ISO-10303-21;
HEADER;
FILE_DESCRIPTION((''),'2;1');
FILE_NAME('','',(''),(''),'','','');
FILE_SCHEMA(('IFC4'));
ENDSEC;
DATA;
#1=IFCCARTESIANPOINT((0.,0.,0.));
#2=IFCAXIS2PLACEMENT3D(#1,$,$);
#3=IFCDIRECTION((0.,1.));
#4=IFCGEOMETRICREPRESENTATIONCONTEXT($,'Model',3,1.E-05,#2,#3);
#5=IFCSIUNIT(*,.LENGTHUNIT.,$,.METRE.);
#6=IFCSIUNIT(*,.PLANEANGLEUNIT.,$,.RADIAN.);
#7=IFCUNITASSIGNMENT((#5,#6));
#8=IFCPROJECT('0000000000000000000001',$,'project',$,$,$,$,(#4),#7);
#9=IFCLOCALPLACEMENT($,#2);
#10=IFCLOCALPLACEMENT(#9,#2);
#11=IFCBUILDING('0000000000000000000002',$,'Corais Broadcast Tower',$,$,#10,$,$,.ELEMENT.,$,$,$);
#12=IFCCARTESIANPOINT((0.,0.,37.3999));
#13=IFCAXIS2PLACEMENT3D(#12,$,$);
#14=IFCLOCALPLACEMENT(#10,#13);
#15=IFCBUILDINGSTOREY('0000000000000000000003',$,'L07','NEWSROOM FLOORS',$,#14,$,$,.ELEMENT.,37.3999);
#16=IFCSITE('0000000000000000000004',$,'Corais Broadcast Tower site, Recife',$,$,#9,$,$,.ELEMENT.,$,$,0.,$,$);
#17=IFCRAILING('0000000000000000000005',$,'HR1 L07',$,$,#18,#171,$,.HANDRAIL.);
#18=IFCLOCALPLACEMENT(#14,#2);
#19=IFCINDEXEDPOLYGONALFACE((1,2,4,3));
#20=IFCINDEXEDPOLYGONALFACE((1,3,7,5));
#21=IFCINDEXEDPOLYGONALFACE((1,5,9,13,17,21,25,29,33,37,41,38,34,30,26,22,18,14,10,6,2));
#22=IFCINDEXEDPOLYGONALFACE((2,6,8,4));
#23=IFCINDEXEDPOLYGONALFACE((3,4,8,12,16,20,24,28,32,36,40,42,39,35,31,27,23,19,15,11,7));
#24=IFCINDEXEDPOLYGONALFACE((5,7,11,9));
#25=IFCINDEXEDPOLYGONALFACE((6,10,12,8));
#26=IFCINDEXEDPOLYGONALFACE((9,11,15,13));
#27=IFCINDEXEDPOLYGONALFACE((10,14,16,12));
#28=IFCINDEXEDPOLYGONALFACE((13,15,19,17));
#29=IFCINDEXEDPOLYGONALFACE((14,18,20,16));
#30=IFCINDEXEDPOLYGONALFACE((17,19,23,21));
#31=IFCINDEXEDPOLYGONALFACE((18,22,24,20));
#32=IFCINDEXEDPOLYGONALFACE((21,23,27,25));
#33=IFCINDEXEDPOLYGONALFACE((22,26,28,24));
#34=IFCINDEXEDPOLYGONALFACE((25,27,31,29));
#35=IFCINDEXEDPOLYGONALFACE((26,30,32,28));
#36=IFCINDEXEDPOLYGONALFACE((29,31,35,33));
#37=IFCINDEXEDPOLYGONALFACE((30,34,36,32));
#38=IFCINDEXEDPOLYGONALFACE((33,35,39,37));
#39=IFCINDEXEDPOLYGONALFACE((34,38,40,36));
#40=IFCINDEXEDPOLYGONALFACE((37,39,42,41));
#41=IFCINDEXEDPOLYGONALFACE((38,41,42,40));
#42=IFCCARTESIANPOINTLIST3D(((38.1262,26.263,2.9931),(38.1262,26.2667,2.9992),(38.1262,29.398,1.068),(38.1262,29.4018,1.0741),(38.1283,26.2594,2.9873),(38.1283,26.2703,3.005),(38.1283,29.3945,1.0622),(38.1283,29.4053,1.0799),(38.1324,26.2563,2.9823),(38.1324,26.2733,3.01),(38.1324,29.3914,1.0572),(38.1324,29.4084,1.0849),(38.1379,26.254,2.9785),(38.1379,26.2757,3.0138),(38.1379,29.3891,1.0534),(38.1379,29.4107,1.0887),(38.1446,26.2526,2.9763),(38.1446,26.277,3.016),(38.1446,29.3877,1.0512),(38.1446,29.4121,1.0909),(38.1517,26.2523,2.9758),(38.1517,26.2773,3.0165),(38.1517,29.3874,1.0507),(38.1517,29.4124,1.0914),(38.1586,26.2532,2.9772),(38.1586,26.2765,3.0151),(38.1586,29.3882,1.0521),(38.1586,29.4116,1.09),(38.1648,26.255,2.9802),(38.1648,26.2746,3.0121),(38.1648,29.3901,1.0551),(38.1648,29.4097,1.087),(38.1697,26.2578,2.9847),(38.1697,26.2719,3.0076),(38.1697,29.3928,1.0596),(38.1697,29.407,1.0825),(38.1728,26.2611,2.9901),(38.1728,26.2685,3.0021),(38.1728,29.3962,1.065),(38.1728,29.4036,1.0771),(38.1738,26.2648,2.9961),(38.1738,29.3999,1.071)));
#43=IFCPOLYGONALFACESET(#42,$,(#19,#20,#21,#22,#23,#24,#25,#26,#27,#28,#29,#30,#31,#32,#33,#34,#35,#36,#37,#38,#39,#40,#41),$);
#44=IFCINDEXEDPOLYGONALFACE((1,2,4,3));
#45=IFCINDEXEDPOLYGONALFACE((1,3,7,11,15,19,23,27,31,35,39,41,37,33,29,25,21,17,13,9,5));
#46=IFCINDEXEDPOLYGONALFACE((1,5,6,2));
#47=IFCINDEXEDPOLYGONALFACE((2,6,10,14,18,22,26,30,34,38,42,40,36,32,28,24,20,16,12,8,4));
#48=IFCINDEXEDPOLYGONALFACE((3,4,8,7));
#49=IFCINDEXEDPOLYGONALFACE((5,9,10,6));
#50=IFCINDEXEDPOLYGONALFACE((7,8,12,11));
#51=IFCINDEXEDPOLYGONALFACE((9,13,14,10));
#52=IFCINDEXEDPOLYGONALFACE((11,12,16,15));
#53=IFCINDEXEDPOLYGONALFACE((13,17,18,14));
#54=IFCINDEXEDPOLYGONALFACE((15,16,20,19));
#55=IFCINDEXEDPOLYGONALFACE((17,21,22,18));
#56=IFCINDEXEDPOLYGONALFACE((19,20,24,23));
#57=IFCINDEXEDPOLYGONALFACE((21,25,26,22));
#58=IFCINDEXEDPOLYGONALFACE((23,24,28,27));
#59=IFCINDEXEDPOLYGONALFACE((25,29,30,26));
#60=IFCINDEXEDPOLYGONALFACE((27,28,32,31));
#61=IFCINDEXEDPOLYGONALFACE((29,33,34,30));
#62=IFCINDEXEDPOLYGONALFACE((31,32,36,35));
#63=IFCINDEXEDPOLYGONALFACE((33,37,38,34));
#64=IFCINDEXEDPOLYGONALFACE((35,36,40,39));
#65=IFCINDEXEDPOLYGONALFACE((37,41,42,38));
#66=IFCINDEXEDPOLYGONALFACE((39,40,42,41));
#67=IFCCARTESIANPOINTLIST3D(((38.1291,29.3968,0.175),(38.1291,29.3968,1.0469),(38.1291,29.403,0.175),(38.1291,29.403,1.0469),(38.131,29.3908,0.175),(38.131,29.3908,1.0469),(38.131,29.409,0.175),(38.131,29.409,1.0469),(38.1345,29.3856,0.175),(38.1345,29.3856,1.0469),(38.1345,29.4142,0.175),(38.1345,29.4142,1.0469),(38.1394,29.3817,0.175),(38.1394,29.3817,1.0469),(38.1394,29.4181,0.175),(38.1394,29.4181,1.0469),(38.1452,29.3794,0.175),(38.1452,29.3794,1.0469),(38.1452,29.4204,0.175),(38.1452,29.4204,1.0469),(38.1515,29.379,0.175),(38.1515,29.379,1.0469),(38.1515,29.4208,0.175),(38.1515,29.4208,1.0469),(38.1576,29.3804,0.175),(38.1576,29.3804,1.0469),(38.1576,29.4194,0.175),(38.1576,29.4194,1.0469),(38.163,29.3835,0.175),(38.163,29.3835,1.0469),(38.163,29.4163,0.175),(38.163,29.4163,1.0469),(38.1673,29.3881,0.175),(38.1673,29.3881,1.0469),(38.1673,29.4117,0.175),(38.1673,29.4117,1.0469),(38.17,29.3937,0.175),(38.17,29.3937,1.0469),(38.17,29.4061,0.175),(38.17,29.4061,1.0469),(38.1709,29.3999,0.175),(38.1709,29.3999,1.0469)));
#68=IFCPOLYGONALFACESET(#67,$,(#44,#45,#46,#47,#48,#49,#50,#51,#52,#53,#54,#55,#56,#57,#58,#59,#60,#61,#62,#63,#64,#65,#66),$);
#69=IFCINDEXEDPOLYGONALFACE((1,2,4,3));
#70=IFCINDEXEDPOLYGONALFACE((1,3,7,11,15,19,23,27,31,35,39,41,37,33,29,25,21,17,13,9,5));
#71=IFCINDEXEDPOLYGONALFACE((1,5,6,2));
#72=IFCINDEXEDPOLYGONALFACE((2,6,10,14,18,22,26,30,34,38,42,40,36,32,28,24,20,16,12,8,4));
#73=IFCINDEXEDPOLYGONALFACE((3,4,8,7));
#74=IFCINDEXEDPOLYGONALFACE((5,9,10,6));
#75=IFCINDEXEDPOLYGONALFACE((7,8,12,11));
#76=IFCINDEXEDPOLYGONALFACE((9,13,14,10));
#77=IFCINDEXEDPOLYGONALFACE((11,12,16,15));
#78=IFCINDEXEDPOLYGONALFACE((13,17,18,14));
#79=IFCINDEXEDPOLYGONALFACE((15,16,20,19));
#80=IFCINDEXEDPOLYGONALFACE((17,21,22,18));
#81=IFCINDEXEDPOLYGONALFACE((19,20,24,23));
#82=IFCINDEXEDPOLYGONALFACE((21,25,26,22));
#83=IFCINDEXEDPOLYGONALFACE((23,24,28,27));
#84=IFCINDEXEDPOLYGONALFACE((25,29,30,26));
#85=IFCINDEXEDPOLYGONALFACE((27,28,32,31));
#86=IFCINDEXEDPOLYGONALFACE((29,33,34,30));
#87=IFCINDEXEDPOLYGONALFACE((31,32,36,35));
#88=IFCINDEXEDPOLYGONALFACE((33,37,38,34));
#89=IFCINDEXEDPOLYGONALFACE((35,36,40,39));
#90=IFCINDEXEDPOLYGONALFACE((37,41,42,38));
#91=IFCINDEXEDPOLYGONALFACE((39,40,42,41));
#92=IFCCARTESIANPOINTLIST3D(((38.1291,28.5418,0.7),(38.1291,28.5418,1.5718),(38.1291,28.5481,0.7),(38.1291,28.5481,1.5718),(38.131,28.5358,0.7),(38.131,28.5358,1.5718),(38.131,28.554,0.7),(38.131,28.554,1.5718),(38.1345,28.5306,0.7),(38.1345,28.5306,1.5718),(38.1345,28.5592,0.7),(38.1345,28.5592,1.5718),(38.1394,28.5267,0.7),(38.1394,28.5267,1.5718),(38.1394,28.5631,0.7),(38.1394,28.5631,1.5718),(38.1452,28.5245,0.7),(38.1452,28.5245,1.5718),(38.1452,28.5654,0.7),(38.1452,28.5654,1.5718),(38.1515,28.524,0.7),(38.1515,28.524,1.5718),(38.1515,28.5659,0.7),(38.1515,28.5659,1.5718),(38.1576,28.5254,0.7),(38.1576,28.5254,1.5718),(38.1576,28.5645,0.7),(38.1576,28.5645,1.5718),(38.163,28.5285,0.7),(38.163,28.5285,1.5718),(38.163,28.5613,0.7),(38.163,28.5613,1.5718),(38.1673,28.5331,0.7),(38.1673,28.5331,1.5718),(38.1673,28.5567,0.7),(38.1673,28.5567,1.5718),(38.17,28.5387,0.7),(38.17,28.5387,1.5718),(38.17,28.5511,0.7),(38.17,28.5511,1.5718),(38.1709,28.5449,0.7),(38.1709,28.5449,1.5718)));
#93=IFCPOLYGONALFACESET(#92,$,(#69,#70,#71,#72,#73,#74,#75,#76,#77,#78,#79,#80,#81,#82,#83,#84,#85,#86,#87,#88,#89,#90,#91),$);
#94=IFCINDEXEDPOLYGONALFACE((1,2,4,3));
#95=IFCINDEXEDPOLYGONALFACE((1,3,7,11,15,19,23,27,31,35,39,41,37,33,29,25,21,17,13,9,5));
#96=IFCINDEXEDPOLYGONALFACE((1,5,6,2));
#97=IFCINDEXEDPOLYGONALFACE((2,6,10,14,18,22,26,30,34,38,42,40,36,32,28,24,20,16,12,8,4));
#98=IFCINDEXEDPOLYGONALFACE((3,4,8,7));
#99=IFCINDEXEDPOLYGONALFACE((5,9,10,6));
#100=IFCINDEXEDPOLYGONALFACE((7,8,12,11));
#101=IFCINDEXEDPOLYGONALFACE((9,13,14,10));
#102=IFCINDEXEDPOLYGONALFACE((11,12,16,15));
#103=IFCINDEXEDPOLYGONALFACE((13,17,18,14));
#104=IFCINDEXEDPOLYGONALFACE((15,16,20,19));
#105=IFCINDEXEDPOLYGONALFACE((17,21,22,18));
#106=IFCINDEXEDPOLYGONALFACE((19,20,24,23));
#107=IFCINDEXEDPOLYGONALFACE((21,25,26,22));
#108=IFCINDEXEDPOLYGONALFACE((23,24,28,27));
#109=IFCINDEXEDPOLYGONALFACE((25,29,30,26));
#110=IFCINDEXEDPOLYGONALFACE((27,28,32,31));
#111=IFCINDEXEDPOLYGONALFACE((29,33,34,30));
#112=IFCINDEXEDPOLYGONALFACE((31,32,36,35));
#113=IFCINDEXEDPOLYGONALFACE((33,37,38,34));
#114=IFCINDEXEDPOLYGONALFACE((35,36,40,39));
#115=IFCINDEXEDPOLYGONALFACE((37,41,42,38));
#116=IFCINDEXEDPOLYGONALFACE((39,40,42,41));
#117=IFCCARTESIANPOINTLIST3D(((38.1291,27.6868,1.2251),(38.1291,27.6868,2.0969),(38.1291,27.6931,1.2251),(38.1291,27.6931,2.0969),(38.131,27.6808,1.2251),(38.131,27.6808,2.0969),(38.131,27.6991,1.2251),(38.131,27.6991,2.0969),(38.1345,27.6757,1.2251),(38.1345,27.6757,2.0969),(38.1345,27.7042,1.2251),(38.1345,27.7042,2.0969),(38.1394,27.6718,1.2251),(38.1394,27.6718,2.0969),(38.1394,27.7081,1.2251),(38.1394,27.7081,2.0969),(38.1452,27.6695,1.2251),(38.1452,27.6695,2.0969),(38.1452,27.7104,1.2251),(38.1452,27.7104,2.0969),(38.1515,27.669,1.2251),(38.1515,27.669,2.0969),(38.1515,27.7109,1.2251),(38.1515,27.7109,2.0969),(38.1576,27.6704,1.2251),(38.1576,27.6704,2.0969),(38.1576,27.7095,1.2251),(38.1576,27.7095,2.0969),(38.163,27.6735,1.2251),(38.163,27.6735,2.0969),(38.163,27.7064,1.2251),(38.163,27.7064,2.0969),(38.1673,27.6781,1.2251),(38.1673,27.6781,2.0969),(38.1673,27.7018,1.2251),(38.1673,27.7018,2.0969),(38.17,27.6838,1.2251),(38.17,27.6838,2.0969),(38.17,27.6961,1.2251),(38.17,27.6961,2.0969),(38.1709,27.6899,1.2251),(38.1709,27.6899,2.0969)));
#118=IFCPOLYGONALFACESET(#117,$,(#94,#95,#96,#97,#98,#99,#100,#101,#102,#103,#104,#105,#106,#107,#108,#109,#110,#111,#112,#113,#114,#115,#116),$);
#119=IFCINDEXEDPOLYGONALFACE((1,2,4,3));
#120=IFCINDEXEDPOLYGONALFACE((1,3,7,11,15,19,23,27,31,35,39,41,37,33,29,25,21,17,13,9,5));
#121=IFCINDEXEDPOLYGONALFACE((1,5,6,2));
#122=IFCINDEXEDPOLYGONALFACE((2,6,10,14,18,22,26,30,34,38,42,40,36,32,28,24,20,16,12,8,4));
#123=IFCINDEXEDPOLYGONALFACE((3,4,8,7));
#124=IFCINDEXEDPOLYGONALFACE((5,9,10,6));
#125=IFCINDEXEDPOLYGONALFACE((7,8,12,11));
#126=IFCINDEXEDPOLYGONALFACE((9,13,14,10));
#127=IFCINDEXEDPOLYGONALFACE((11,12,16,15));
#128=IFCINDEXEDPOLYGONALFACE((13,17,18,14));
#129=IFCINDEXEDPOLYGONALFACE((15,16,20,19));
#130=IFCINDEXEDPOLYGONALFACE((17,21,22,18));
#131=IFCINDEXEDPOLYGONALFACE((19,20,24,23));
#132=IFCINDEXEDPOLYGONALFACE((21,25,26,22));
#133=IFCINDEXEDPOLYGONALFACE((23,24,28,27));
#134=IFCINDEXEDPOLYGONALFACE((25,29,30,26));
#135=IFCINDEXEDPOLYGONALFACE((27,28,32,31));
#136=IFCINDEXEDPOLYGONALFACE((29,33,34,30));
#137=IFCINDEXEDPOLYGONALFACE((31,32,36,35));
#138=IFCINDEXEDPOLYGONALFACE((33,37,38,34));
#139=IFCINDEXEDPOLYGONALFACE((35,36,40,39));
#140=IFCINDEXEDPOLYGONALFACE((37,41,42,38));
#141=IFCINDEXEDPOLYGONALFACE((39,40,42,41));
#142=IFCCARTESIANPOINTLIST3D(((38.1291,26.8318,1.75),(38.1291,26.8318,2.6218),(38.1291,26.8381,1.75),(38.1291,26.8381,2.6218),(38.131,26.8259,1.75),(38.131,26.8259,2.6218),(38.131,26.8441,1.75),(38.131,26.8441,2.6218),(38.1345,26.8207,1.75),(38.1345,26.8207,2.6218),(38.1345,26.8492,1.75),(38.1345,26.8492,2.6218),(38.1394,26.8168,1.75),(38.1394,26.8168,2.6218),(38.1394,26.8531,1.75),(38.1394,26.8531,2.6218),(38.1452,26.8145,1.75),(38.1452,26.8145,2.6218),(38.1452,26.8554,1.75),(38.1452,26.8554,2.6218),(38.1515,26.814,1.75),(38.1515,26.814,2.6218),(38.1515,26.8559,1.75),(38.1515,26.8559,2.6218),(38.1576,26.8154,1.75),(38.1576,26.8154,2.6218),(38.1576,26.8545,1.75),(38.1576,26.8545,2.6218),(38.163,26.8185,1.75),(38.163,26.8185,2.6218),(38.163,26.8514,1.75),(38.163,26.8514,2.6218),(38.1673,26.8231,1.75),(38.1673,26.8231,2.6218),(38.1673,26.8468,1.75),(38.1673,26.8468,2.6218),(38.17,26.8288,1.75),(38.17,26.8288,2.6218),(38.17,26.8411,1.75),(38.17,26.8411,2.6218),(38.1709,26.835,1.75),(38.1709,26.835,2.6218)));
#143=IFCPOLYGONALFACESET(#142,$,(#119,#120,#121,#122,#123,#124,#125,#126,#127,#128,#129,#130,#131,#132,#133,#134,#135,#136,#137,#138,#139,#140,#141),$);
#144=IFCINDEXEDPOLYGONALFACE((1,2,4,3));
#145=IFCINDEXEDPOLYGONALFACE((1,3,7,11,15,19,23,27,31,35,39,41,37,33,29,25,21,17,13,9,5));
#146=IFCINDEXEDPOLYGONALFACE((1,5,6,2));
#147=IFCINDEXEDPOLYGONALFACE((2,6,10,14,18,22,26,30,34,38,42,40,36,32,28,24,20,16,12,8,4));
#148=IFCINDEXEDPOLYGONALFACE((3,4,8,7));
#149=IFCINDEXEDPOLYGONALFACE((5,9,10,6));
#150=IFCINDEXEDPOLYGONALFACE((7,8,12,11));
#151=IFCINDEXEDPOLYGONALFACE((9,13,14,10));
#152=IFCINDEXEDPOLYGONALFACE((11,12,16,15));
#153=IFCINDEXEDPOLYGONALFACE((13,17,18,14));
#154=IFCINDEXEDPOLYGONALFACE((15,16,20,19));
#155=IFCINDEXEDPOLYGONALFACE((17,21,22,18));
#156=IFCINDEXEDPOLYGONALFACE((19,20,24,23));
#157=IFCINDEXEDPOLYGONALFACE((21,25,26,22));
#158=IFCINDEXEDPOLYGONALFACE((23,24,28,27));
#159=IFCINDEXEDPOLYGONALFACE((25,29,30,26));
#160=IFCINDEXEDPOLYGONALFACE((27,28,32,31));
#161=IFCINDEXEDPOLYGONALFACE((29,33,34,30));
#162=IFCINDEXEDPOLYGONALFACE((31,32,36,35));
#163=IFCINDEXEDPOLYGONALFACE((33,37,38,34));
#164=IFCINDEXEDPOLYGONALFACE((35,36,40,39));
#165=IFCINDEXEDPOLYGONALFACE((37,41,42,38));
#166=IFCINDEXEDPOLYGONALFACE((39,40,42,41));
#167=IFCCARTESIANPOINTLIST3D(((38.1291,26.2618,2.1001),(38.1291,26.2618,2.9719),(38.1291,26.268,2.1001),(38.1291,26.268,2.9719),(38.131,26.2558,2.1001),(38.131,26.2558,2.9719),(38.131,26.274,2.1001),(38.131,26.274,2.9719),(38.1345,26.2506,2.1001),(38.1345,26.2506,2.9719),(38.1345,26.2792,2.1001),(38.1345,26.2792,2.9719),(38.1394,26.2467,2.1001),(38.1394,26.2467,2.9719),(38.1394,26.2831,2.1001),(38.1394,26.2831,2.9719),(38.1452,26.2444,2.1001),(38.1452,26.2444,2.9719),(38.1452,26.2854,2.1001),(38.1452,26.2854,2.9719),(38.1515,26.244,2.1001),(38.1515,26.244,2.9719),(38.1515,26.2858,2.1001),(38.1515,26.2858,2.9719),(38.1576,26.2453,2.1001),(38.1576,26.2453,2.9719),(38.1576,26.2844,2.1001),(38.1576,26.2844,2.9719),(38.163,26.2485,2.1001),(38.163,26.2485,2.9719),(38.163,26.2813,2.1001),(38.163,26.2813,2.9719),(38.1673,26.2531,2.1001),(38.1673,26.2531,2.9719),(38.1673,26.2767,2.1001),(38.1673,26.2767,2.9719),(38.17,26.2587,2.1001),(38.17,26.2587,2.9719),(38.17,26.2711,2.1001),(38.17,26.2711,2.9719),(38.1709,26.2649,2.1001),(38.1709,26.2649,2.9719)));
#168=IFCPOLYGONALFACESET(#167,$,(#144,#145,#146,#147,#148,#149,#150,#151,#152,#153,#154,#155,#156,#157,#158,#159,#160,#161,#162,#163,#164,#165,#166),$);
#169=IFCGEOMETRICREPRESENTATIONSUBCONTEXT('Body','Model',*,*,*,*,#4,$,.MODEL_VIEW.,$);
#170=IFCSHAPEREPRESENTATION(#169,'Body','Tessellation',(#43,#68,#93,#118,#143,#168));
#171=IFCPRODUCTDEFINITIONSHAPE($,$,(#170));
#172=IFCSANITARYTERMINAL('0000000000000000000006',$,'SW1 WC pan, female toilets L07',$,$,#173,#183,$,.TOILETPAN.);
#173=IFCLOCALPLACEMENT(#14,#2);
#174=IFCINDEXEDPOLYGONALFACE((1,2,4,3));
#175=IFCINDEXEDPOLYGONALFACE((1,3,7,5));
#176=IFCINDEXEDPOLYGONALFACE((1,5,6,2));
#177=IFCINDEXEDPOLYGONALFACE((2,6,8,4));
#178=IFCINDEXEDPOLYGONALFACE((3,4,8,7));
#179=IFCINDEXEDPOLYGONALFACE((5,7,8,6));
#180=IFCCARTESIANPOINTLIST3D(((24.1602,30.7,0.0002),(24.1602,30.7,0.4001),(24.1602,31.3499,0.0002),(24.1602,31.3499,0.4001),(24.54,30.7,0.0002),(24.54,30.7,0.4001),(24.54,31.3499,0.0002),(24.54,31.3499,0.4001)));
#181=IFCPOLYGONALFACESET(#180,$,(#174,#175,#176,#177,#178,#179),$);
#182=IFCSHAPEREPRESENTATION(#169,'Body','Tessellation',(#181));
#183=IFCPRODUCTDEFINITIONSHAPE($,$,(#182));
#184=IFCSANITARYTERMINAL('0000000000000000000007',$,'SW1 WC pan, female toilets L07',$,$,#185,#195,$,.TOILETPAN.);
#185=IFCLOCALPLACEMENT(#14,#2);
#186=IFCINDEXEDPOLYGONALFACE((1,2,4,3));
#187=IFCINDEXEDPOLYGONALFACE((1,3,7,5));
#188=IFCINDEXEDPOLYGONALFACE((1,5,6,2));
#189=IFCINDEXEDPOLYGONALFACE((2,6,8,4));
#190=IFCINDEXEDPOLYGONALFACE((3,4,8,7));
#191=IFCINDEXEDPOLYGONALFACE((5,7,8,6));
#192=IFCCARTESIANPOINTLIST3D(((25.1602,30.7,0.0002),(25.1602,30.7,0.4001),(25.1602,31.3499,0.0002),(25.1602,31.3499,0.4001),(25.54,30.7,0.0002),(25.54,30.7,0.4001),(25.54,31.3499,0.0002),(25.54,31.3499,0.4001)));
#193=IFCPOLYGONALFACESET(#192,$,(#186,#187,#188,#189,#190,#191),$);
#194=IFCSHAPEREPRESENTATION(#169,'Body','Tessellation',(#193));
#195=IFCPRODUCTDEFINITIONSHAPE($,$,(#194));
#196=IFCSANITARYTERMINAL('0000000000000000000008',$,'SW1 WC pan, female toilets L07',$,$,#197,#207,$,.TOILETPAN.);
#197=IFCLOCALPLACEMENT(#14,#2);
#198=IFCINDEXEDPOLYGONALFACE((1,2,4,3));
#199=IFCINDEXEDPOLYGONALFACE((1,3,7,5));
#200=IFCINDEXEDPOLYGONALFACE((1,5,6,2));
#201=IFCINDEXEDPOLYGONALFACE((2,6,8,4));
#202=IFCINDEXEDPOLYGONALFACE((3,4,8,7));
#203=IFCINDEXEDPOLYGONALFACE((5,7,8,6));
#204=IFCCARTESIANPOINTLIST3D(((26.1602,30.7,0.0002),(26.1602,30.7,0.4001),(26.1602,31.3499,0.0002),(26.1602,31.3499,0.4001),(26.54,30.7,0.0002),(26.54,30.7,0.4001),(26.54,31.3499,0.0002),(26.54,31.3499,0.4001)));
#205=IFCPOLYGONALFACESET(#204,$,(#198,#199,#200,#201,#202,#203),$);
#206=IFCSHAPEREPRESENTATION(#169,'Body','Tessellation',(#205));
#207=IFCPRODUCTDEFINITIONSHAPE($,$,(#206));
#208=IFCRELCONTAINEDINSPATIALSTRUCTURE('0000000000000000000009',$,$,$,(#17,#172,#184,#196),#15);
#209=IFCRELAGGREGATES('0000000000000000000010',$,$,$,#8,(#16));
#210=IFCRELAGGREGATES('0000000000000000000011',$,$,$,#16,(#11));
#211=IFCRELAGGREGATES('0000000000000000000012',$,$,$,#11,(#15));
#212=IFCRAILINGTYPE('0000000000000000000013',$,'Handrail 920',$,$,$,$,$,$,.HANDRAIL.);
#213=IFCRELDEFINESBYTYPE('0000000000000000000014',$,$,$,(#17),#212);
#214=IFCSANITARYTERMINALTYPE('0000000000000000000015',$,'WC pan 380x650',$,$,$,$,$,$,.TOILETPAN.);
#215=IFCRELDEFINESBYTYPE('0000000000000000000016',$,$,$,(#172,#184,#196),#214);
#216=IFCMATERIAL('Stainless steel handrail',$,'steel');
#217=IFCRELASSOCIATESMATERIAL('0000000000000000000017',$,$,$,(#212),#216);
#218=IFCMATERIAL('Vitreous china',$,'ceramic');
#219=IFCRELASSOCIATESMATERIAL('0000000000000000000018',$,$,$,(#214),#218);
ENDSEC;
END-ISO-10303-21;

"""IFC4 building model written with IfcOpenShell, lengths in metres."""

from ifc_helpers import new_model, si_unit, direction, frame, origin, origin_2d, place, context, subcontext, project, spatial, rectangle, circle, extrude, material, type_object, element, save


model = new_model("IFC4")

# Units and contexts
model_context = context("Model", 3, precision=1e-05, world=origin(), true_north=direction((0.0, 1.0)))
body_context = subcontext(model_context, "Body", "Model", "MODEL_VIEW")
ifc_project = project(units=[si_unit("LENGTHUNIT", "METRE"), si_unit("PLANEANGLEUNIT", "RADIAN")], contexts=[model_context])

# Site, building, storey
site_placement = place(None, origin())
site = spatial("IfcSite", under=ifc_project, at=site_placement, Name="Corais Broadcast Tower site, Recife", CompositionType="ELEMENT", RefElevation=0.0)
building_placement = place(site_placement, origin())
building = spatial("IfcBuilding", under=site, at=building_placement, Name="Corais Broadcast Tower", CompositionType="ELEMENT")
storey_placement = place(building_placement, frame((0.0, 0.0, 37.3999)))
storey = spatial("IfcBuildingStorey", under=building, at=storey_placement, Name="L07", Description="NEWSROOM FLOORS", CompositionType="ELEMENT", Elevation=37.3999)

# Railing
ifc_material_1 = material(Name="Stainless steel handrail", Category="steel")
railing_type = type_object("IfcRailingType", Name="Handrail 920", PredefinedType="HANDRAIL", material=ifc_material_1)
for number, where, name in (
    (1, (38.1499, 29.3999, 0.175), "HR1 L07"),
):
    element("IfcRailing", number, at=place(storey_placement, frame(where)), inside=storey, type_object=railing_type, Name=name, PredefinedType="HANDRAIL", context=body_context, shape_type="SweptSolid", body=[
        extrude(circle(Radius=0.0239, at=origin_2d()), frame((0.0, 0.0, 0.896), z_axis=(0.0, -0.852166, 0.523271), x_axis=(1.0, 0.0, 0.0)), (0.0, 0.0, 1.0), 3.679),
        extrude(circle(Radius=0.021, at=origin_2d()), origin(), (0.0, 0.0, 1.0), 0.8718),
        extrude(circle(Radius=0.021, at=origin_2d()), frame((0.0, -0.855, 0.5249)), (0.0, 0.0, 1.0), 0.8718),
        extrude(circle(Radius=0.021, at=origin_2d()), frame((0.0, -1.71, 1.05)), (0.0, 0.0, 1.0), 0.8718),
        extrude(circle(Radius=0.021, at=origin_2d()), frame((0.0, -2.5649, 1.575)), (0.0, 0.0, 1.0), 0.8718),
        extrude(circle(Radius=0.021, at=origin_2d()), frame((0.0, -3.135, 1.925)), (0.0, 0.0, 1.0), 0.8718),
    ])

# Sanitary terminals
ifc_material_2 = material(Name="Vitreous china", Category="ceramic")
sanitary_terminal_type_1 = type_object("IfcSanitaryTerminalType", Name="WC pan 380x650", PredefinedType="TOILETPAN", material=ifc_material_2)
for number, where, z_axis, x_axis, name in (
    (2, (24.3501, 31.0249, 0.0002), (0.0, 0.0, 1.0), (1.0, 0.0, 0.0), "SW1 WC pan, female toilets L07"),
    (3, (25.3501, 31.0249, 0.0002), (0.0, 0.0, 1.0), (1.0, 0.0, 0.0), "SW1 WC pan, female toilets L07"),
    (4, (26.3501, 31.0249, 0.0002), (0.0, 0.0, 1.0), (1.0, 0.0, 0.0), "SW1 WC pan, female toilets L07"),
):
    element("IfcSanitaryTerminal", number, at=place(storey_placement, frame(where, z_axis=z_axis, x_axis=x_axis)), inside=storey, type_object=sanitary_terminal_type_1, Name=name, PredefinedType="TOILETPAN", context=body_context, shape_type="SweptSolid", body=[
        extrude(rectangle(XDim=0.3799, YDim=0.6499, at=origin_2d()), origin(), (0.0, 0.0, 1.0), 0.3999),
    ])

save(model, "model.ifc")
